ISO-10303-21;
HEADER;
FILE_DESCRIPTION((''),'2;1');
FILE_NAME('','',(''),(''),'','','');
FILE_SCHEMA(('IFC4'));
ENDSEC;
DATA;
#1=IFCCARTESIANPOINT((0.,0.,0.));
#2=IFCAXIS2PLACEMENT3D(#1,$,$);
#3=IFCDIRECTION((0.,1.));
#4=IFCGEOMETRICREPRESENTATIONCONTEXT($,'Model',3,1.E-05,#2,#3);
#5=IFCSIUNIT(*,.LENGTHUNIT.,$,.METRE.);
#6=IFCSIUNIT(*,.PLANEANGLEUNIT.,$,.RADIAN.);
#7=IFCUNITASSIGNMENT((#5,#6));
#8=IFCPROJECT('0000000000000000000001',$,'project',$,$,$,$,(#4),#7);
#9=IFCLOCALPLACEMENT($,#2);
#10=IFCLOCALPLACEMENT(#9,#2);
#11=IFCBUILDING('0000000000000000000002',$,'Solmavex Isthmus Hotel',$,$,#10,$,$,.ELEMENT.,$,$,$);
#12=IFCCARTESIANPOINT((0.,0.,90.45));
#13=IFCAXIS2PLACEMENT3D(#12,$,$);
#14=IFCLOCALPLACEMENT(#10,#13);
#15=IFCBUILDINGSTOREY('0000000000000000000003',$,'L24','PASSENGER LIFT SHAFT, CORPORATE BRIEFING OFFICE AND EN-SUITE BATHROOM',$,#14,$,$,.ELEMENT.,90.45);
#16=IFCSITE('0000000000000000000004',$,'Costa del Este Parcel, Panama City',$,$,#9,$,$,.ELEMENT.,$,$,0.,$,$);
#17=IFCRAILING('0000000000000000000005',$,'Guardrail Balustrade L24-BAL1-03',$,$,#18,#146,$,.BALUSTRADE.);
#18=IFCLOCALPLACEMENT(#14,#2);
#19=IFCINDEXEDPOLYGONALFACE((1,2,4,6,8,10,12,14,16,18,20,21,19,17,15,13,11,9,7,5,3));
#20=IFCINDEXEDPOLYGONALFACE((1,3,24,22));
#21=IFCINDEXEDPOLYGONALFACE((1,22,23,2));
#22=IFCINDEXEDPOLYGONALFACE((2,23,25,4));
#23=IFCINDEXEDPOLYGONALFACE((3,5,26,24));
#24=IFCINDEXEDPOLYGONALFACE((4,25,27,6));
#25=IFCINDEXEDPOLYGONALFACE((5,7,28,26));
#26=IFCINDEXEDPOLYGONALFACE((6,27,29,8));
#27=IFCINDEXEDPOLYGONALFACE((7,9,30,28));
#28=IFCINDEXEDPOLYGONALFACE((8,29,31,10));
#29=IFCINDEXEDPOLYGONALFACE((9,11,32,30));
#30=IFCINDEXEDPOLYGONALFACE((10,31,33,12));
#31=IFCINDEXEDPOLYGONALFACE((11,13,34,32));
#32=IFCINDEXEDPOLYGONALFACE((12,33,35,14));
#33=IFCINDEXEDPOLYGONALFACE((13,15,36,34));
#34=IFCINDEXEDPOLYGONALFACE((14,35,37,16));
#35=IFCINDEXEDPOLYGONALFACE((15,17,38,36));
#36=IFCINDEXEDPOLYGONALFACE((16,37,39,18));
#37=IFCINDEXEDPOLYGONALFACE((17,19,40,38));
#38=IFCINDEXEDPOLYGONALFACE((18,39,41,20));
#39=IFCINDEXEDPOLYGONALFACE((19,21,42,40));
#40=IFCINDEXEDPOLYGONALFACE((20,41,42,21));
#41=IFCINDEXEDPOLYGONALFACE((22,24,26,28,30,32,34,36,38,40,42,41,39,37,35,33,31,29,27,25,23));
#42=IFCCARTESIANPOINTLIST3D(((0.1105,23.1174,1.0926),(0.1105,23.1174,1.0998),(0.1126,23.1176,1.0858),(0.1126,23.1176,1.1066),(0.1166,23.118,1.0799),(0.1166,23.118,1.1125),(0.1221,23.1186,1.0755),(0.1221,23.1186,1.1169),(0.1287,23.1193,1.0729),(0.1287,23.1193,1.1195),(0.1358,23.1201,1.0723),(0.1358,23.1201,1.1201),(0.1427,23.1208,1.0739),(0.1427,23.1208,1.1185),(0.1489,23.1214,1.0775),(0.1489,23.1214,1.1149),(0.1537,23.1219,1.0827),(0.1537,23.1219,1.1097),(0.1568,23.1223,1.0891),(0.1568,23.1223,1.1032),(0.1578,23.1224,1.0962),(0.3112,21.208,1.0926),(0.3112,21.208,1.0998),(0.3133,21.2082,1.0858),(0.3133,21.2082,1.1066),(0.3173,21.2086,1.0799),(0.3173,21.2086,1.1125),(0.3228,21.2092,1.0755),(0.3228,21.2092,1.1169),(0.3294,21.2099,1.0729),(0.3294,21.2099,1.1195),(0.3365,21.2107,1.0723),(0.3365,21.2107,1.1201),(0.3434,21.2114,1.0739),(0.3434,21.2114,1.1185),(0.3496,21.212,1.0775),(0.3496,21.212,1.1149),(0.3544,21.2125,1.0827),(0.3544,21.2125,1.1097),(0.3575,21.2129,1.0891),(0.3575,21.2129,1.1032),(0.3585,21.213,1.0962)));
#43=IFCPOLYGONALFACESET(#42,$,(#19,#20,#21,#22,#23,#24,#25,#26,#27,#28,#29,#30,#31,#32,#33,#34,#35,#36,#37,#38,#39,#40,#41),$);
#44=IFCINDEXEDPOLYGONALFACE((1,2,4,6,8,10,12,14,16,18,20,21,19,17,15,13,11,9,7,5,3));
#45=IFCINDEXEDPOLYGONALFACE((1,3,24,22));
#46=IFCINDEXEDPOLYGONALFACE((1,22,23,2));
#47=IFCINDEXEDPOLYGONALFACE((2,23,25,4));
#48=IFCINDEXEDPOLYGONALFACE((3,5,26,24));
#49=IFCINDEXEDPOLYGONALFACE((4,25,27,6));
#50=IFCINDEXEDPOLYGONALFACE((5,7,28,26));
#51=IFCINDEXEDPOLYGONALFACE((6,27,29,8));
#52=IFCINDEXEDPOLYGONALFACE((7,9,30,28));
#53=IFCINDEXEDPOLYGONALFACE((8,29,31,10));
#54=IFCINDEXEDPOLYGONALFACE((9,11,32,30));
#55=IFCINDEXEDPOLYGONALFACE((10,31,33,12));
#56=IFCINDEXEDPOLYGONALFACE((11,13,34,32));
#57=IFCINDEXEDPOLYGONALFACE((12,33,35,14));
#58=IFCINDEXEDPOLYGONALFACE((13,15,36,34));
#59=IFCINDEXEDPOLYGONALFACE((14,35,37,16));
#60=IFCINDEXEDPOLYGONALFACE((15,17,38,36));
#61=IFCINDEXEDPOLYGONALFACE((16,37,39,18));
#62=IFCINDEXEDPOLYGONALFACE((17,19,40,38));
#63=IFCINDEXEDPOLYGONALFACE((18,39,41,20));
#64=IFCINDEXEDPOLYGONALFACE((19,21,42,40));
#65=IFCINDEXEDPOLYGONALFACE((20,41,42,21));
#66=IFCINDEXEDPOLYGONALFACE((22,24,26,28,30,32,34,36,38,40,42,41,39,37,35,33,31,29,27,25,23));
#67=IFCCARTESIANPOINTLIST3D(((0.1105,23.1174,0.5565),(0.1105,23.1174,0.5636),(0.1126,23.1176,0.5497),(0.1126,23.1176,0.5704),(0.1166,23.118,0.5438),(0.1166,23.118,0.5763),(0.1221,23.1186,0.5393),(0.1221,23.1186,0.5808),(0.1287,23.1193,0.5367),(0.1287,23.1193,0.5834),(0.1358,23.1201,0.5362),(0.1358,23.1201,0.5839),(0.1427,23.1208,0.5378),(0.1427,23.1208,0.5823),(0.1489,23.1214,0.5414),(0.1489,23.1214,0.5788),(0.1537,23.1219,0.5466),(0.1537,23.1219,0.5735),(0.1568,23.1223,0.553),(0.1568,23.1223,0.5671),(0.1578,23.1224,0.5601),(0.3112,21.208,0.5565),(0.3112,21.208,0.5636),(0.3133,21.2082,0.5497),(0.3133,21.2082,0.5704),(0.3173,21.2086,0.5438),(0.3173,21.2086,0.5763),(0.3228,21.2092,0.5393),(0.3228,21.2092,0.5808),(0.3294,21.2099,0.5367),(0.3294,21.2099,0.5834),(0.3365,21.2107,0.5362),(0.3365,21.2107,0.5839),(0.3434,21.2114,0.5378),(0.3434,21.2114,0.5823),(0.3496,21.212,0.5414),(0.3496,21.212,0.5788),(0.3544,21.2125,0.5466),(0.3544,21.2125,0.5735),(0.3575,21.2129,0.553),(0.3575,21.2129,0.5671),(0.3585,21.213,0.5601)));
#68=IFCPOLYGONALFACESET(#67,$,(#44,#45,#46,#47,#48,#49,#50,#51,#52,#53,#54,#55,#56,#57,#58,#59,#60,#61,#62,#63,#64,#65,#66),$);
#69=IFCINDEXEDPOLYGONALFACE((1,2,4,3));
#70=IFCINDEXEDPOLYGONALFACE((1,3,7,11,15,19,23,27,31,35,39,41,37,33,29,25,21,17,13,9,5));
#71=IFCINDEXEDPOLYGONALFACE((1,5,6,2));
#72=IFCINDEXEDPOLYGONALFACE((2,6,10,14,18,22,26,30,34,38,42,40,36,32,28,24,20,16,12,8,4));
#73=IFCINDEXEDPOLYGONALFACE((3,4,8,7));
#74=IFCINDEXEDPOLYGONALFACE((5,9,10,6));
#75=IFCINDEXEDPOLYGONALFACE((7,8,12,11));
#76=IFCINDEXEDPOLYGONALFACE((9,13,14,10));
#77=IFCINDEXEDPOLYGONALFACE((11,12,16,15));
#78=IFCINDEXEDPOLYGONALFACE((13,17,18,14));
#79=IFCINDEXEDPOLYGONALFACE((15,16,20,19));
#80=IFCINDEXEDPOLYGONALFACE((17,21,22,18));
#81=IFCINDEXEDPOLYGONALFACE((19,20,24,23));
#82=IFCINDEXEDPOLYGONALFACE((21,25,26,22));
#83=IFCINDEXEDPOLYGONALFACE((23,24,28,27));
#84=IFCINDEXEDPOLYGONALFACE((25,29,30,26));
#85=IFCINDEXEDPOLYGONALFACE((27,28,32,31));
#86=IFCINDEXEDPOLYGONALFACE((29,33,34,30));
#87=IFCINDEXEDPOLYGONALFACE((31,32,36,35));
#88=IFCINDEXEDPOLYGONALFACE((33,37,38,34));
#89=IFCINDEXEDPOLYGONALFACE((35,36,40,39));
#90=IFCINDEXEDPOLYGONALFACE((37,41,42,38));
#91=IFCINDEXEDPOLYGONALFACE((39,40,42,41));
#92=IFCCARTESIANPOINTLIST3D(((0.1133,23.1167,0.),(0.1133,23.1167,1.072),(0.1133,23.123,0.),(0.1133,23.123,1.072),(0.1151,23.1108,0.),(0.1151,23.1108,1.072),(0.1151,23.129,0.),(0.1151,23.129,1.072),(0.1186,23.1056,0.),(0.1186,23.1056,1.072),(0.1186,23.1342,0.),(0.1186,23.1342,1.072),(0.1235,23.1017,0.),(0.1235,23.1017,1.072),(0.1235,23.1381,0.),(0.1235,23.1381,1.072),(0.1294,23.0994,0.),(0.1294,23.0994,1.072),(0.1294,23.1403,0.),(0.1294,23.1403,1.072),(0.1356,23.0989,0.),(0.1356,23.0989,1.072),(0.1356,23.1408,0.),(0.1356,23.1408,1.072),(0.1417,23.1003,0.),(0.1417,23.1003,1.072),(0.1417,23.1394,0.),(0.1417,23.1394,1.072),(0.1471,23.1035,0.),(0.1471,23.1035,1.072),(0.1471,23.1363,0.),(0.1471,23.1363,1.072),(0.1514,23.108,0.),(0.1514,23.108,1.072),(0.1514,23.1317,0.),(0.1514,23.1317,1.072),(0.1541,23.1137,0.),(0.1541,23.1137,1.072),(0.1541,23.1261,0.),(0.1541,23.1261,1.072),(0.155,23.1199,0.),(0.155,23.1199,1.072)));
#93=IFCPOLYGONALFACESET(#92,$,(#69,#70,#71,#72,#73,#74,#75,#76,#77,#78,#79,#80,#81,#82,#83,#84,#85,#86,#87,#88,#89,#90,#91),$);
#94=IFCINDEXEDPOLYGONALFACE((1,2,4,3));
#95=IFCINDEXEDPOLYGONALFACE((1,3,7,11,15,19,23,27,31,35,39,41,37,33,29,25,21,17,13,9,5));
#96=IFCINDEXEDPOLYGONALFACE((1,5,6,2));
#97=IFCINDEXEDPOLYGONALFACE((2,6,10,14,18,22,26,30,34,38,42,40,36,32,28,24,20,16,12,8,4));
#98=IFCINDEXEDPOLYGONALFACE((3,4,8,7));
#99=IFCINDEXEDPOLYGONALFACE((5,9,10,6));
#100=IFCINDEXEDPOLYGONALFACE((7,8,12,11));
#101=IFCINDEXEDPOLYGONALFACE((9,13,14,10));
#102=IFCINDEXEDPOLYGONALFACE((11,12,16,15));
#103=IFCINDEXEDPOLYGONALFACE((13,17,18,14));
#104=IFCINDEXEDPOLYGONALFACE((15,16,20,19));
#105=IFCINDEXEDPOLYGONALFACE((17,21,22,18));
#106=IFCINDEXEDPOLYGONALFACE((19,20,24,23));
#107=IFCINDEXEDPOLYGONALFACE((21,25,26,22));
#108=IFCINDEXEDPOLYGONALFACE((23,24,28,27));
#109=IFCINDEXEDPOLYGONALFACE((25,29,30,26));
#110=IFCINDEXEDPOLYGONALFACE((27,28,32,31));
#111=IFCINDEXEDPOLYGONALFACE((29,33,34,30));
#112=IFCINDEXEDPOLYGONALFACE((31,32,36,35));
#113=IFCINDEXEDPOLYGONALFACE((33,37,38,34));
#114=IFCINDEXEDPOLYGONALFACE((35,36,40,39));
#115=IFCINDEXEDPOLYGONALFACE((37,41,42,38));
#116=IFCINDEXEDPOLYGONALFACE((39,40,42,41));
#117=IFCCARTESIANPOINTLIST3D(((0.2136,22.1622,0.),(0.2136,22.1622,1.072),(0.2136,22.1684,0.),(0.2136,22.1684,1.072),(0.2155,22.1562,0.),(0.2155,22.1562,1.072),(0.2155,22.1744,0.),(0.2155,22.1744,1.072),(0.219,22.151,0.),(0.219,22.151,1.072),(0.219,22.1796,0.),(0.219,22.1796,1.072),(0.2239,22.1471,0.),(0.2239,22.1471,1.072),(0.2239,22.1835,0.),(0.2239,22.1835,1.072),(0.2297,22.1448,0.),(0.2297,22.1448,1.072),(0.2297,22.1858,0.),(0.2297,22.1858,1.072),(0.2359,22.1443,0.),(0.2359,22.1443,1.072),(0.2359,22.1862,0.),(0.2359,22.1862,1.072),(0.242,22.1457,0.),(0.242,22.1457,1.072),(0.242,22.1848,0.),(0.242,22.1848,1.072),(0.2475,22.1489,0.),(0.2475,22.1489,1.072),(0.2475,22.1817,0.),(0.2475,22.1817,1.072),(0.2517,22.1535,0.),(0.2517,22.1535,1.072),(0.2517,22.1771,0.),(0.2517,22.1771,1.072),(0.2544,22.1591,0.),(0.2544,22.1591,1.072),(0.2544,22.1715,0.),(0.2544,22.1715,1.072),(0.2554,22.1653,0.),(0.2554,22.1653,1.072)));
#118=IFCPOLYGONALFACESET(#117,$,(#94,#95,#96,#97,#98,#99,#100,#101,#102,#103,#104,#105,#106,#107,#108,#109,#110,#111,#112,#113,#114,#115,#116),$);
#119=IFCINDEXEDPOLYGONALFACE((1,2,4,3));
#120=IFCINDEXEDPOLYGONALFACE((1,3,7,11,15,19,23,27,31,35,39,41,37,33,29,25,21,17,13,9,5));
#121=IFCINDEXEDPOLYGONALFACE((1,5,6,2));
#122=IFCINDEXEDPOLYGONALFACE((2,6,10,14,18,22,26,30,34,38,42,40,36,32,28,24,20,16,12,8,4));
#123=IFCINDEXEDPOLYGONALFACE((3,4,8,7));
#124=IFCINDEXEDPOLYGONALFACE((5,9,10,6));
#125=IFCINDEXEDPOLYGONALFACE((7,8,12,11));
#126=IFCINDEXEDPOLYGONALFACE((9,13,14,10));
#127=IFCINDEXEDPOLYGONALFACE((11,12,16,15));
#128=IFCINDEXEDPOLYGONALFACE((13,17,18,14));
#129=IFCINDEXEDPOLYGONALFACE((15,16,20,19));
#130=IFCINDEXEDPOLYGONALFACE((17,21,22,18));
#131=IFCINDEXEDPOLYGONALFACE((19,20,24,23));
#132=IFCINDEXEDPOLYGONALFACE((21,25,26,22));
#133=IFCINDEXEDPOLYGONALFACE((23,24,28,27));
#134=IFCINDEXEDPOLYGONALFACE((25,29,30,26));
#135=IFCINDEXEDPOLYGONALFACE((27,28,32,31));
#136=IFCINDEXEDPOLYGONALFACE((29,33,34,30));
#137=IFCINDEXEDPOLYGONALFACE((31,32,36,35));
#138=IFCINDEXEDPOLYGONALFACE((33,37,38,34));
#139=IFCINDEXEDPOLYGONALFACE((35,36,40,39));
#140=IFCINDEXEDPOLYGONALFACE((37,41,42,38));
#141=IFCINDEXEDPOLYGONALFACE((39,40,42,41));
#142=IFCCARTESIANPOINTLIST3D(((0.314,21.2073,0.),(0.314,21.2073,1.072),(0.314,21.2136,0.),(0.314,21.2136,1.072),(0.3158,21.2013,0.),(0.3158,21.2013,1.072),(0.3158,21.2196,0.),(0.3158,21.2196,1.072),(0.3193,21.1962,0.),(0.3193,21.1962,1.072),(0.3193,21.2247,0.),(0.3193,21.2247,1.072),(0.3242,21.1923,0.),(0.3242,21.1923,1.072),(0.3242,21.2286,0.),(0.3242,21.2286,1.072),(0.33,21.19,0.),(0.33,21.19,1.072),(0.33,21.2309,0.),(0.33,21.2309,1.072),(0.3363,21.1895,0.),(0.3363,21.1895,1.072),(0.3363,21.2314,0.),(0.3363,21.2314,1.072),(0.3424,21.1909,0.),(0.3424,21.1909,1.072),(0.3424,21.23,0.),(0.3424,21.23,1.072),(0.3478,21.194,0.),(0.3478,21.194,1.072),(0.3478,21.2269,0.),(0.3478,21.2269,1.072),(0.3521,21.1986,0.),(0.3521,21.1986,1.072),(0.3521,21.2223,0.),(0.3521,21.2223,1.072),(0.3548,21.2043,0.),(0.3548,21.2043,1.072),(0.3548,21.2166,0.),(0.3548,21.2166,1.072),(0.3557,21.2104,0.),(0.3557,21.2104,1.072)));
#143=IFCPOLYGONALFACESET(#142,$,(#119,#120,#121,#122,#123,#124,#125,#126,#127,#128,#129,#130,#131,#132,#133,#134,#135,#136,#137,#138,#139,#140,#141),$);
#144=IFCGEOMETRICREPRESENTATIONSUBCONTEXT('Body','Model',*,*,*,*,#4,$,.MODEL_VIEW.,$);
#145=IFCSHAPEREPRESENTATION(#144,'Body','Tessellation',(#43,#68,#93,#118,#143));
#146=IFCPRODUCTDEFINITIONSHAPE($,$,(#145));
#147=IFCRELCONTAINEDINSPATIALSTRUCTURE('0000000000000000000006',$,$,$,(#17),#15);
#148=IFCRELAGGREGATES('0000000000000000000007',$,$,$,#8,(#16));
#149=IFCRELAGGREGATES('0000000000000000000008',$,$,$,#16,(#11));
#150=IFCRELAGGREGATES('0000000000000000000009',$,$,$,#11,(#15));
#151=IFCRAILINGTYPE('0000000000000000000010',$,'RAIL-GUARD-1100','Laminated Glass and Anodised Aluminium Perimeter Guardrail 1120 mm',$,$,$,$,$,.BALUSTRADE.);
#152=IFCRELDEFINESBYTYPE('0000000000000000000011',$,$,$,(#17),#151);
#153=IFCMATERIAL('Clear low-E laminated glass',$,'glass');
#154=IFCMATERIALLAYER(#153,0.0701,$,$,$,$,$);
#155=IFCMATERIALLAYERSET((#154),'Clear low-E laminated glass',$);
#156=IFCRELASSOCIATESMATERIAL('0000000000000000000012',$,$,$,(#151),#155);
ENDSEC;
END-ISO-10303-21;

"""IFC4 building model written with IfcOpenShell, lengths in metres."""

from ifc_helpers import new_model, si_unit, direction, frame, origin, origin_2d, place, context, subcontext, project, spatial, circle, extrude, material, layer, layer_set, type_object, element, save


model = new_model("IFC4")

# Units and contexts
model_context = context("Model", 3, precision=1e-05, world=origin(), true_north=direction((0.0, 1.0)))
body_context = subcontext(model_context, "Body", "Model", "MODEL_VIEW")
ifc_project = project(units=[si_unit("LENGTHUNIT", "METRE"), si_unit("PLANEANGLEUNIT", "RADIAN")], contexts=[model_context])

# Site, building, storey
site_placement = place(None, origin())
site = spatial("IfcSite", under=ifc_project, at=site_placement, Name="Costa del Este Parcel, Panama City", CompositionType="ELEMENT", RefElevation=0.0)
building_placement = place(site_placement, origin())
building = spatial("IfcBuilding", under=site, at=building_placement, Name="Solmavex Isthmus Hotel", CompositionType="ELEMENT")
storey_placement = place(building_placement, frame((0.0, 0.0, 90.45)))
storey = spatial("IfcBuildingStorey", under=building, at=storey_placement, Name="L24", Description="PASSENGER LIFT SHAFT, CORPORATE BRIEFING OFFICE AND EN-SUITE BATHROOM", CompositionType="ELEMENT", Elevation=90.45)

# Shared definitions
ifc_material_1 = material(Name="Clear low-E laminated glass", Category="glass")

# Railing
ifc_layer_1 = layer(ifc_material_1, 0.0701)
ifc_layer_set_1 = layer_set([ifc_layer_1], Name="Clear low-E laminated glass")
railing_type = type_object("IfcRailingType", Name="RAIL-GUARD-1100", Description="Laminated Glass and Anodised Aluminium Perimeter Guardrail 1120 mm", PredefinedType="BALUSTRADE", material=ifc_layer_set_1)
railing_1_placement = place(storey_placement, frame((0.134, 23.1199, 0.0)))
element("IfcRailing", 1, at=railing_1_placement, inside=storey, type_object=railing_type, Name="Guardrail Balustrade L24-BAL1-03", PredefinedType="BALUSTRADE", context=body_context, shape_type="SweptSolid", body=[
    extrude(circle(Radius=0.0239, at=origin_2d()), frame((0.0, 0.0, 1.0962), z_axis=(0.104526, -0.994522, 0.0), x_axis=(0.994522, 0.104526, 0.0)), (0.0, 0.0, 1.0), 1.9199),
    extrude(circle(Radius=0.0239, at=origin_2d()), frame((0.0, 0.0, 0.5601), z_axis=(0.104526, -0.994522, 0.0), x_axis=(0.994522, 0.104526, 0.0)), (0.0, 0.0, 1.0), 1.9199),
    extrude(circle(Radius=0.021, at=origin_2d()), origin(), (0.0, 0.0, 1.0), 1.072),
    extrude(circle(Radius=0.021, at=origin_2d()), frame((0.1003, -0.9546, 0.0)), (0.0, 0.0, 1.0), 1.072),
    extrude(circle(Radius=0.021, at=origin_2d()), frame((0.2007, -1.9094, 0.0)), (0.0, 0.0, 1.0), 1.072),
])

save(model, "model.ifc")
